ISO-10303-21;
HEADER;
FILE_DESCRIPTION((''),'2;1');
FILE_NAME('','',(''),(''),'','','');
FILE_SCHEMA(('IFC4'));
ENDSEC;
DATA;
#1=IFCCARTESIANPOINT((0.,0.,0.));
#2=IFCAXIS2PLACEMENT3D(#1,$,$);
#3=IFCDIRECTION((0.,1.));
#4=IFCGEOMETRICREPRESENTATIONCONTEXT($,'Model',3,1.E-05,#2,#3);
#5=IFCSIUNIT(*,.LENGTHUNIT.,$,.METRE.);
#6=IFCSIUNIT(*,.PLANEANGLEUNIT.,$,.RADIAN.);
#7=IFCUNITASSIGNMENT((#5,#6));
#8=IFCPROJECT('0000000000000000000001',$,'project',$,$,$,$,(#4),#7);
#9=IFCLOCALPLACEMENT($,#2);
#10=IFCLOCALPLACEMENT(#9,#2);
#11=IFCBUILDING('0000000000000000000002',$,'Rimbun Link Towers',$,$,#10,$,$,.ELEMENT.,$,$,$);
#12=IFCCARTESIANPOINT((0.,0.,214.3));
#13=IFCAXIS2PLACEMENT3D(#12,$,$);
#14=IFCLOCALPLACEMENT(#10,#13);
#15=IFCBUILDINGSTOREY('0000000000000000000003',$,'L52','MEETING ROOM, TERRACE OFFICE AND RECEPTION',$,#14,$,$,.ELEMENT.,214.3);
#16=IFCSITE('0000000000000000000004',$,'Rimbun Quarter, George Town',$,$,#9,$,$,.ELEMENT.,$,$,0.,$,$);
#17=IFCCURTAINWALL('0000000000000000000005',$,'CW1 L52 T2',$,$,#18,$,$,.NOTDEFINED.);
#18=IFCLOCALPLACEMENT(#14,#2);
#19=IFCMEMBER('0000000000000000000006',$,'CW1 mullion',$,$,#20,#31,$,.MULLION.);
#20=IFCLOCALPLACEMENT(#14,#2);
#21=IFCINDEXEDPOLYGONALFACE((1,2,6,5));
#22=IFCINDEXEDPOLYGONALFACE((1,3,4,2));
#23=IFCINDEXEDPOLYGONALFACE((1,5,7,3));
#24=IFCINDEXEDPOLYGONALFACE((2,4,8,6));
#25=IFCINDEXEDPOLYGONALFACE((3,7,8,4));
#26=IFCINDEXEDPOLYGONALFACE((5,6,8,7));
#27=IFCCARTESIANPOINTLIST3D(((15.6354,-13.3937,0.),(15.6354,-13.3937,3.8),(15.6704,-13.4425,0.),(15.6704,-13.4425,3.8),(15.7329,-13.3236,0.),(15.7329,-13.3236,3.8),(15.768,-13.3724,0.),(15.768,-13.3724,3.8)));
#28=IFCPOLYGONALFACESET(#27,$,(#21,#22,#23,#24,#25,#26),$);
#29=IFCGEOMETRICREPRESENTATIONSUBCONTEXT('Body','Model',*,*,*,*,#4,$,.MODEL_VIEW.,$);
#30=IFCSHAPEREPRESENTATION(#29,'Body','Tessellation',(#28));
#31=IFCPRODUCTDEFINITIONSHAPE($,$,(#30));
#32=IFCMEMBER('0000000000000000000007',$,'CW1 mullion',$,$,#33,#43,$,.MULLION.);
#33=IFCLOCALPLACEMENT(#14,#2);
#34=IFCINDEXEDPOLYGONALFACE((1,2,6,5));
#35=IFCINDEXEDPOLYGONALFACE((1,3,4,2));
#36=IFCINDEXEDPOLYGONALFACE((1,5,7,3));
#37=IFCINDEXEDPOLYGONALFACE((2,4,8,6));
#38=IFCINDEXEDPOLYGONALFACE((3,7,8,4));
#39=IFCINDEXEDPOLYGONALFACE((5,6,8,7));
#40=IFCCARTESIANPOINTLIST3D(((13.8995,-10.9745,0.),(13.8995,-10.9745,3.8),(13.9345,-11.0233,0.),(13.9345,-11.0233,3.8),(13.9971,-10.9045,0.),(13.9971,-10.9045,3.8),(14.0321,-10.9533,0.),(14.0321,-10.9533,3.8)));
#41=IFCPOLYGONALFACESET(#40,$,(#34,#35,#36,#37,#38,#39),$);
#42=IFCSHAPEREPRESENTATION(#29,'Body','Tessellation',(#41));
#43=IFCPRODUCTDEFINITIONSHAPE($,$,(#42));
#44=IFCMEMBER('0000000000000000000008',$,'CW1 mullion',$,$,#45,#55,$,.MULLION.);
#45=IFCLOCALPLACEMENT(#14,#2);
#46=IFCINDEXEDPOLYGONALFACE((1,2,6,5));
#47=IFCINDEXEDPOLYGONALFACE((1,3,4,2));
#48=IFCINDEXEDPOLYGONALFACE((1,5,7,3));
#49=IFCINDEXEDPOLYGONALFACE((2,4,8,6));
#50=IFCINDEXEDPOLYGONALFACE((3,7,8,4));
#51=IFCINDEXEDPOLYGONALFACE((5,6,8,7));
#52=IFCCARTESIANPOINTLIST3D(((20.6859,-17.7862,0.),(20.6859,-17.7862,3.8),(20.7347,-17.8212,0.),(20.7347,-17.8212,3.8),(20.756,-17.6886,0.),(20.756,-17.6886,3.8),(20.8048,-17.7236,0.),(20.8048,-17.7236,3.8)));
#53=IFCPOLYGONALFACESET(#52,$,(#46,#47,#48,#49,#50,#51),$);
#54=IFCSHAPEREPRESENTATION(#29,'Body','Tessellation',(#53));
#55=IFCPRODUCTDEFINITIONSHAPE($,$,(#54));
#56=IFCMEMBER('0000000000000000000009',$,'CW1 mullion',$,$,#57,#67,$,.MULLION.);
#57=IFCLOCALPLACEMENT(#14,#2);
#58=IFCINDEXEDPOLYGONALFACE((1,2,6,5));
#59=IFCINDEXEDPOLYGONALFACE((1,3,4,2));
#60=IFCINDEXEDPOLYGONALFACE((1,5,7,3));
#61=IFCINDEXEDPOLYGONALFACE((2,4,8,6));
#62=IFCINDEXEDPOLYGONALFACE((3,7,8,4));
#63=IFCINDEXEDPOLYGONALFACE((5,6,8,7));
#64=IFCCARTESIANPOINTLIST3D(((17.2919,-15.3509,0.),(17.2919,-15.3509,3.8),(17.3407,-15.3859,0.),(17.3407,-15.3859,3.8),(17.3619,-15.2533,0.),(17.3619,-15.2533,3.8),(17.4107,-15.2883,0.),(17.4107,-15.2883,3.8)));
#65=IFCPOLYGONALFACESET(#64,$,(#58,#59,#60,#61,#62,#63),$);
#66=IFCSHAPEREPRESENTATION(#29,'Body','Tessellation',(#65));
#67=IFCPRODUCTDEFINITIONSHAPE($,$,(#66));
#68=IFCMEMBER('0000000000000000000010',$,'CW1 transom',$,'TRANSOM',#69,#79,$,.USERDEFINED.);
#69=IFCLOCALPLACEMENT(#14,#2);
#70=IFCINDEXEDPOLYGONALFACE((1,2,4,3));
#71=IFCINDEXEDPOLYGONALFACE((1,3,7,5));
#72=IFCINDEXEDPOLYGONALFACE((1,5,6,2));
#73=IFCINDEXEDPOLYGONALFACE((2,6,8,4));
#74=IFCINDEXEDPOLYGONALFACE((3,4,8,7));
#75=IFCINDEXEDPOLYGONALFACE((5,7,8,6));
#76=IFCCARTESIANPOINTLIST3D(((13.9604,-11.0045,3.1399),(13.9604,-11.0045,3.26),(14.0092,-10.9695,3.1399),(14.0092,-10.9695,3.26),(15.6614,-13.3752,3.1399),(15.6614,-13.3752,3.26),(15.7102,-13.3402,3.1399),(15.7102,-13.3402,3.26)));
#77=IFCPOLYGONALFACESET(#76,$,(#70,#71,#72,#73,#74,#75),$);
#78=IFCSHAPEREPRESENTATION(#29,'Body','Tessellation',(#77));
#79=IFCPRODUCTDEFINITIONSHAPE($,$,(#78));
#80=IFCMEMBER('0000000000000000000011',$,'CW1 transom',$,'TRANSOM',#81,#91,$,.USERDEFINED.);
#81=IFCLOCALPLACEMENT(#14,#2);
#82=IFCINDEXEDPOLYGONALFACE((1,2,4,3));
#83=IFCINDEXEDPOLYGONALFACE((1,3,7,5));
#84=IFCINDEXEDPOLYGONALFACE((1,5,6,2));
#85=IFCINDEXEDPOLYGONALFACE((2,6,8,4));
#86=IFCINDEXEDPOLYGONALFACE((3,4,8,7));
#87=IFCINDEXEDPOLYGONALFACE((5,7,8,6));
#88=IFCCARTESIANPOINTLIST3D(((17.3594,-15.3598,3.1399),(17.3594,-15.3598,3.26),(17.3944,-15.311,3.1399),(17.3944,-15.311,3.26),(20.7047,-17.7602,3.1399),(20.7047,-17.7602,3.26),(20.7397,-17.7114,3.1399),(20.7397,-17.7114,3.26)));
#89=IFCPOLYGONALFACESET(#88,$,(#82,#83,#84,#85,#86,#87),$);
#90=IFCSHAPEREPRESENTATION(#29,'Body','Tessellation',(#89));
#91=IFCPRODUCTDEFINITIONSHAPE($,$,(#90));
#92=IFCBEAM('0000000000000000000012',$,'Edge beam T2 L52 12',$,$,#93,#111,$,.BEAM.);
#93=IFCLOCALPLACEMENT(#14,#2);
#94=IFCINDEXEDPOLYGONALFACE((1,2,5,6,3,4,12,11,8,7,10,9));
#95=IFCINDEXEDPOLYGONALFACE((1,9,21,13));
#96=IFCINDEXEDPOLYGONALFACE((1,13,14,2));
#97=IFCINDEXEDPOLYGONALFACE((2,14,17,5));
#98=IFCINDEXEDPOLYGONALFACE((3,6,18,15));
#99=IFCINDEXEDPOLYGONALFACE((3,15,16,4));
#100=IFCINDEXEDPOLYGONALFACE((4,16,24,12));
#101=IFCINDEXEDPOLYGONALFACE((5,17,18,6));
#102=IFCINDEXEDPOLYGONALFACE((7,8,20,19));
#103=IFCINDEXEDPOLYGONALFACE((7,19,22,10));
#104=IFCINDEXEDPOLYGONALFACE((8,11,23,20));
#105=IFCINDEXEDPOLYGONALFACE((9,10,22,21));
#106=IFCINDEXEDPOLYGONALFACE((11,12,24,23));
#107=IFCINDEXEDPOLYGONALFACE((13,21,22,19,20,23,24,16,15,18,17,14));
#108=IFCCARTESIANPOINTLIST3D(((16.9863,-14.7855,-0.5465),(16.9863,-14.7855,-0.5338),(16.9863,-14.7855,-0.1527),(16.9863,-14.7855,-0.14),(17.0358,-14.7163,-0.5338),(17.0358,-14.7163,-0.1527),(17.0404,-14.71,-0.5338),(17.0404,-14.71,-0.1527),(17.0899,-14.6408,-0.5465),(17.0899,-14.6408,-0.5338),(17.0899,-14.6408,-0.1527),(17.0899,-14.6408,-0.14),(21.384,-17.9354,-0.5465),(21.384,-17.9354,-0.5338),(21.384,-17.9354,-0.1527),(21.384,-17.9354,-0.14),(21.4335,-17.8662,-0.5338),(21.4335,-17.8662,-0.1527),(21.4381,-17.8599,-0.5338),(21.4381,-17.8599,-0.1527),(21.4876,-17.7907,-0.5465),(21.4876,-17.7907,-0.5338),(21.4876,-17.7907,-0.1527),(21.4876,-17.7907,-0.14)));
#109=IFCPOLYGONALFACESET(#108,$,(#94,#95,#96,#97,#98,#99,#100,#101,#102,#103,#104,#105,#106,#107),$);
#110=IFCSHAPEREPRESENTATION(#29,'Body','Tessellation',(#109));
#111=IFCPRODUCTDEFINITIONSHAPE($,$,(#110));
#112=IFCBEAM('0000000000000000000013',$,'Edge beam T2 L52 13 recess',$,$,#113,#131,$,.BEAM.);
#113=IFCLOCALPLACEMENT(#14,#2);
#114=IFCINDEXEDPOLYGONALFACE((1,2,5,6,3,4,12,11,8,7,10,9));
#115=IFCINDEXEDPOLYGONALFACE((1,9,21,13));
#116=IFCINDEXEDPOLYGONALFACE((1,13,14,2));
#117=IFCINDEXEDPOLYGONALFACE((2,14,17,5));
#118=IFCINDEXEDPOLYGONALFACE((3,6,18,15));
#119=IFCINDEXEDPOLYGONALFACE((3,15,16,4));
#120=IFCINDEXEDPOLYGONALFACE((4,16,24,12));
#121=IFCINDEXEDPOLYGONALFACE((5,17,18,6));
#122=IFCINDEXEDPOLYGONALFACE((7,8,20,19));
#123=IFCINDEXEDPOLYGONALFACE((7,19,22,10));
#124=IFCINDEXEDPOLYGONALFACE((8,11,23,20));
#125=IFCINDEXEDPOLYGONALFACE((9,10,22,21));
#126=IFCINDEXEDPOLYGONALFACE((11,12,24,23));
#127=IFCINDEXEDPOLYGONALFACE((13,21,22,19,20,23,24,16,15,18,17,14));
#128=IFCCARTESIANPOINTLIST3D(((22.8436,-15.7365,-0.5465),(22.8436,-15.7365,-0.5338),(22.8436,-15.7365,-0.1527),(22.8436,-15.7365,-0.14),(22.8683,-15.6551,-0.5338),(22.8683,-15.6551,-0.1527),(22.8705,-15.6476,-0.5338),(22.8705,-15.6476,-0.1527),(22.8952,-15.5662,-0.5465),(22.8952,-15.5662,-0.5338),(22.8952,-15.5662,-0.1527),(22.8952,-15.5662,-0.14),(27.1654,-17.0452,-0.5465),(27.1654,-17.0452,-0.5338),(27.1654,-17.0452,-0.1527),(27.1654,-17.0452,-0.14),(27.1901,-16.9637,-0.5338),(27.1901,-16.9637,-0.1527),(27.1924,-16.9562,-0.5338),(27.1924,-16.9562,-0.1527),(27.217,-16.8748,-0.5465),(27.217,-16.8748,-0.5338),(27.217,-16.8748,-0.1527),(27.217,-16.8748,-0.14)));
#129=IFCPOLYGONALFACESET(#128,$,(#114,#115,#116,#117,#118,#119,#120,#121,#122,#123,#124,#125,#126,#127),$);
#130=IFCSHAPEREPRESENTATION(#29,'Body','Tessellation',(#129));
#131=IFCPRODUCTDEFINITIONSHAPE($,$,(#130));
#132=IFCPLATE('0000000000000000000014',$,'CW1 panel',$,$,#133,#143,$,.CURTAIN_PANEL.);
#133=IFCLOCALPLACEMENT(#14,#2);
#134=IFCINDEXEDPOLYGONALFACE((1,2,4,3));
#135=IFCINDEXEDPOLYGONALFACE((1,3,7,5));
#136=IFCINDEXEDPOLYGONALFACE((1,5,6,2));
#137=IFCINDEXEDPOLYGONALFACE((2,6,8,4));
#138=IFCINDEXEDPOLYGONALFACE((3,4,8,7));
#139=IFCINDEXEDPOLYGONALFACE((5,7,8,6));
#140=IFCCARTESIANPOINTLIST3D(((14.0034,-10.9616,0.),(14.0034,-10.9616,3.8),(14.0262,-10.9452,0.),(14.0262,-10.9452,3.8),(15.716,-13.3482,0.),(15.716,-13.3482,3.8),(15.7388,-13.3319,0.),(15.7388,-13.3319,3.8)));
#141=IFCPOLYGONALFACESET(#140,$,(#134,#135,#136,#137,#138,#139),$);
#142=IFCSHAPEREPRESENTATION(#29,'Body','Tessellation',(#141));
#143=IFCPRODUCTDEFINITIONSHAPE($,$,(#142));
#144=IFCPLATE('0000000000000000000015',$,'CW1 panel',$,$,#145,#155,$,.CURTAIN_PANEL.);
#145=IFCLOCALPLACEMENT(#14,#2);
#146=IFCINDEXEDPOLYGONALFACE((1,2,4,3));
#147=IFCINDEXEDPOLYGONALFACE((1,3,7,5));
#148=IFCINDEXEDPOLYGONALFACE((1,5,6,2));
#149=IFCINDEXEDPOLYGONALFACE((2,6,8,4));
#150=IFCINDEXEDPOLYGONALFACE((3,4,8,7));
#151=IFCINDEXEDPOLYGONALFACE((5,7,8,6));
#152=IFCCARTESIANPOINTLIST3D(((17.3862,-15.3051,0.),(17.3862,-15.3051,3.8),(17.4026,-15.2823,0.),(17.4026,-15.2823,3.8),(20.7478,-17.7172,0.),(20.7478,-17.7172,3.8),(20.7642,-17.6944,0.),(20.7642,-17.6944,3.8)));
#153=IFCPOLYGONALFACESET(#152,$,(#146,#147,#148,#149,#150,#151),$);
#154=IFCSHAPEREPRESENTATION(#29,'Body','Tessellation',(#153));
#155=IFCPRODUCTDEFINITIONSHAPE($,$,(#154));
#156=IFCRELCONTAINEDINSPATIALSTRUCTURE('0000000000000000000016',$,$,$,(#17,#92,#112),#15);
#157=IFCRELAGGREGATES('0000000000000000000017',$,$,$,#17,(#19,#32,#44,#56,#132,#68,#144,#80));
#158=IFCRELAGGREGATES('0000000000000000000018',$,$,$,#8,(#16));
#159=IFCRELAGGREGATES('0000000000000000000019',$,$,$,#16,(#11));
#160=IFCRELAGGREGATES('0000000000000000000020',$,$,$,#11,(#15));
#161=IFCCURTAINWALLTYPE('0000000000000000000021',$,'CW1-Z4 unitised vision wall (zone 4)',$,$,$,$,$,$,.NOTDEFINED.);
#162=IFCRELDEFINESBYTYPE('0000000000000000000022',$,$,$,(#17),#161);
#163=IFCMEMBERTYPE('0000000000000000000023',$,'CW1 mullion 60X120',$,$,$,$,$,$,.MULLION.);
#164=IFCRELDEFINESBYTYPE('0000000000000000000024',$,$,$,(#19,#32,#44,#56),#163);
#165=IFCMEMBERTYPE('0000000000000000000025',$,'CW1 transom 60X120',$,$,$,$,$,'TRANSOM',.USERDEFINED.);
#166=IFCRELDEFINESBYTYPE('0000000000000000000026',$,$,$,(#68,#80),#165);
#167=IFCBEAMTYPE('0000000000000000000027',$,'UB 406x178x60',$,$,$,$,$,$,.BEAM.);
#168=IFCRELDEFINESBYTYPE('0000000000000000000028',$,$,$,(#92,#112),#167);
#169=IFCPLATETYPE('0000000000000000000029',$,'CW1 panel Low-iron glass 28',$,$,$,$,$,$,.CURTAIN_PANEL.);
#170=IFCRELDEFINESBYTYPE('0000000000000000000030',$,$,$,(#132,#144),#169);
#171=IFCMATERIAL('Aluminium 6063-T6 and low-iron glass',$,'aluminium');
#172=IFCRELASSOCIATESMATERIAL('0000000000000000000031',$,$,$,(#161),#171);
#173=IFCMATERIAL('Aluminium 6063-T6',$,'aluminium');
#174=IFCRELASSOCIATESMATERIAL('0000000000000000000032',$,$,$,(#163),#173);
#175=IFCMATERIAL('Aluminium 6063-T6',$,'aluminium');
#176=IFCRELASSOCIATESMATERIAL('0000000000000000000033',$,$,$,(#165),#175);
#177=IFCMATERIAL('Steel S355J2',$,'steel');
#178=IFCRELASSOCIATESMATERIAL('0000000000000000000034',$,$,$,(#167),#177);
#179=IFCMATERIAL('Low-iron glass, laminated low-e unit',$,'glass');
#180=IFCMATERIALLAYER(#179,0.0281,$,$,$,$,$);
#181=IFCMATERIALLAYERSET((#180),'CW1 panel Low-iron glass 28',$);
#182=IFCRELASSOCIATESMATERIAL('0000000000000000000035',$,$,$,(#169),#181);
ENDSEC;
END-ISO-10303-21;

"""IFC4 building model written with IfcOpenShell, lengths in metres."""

from ifc_helpers import new_model, si_unit, direction, frame, origin, origin_2d, place, context, subcontext, project, spatial, rectangle, i_section, extrude, material, layer, layer_set, material_profile, profile_set, type_object, element, aggregate, save


model = new_model("IFC4")

# Units and contexts
model_context = context("Model", 3, precision=1e-05, world=origin(), true_north=direction((0.0, 1.0)))
body_context = subcontext(model_context, "Body", "Model", "MODEL_VIEW")
ifc_project = project(units=[si_unit("LENGTHUNIT", "METRE"), si_unit("PLANEANGLEUNIT", "RADIAN")], contexts=[model_context])

# Site, building, storey
site_placement = place(None, origin())
site = spatial("IfcSite", under=ifc_project, at=site_placement, Name="Rimbun Quarter, George Town", CompositionType="ELEMENT", RefElevation=0.0)
building_placement = place(site_placement, origin())
building = spatial("IfcBuilding", under=site, at=building_placement, Name="Rimbun Link Towers", CompositionType="ELEMENT")
storey_placement = place(building_placement, frame((0.0, 0.0, 214.3)))
storey = spatial("IfcBuildingStorey", under=building, at=storey_placement, Name="L52", Description="MEETING ROOM, TERRACE OFFICE AND RECEPTION", CompositionType="ELEMENT", Elevation=214.3)

# Curtain wall, members
ifc_material_1 = material(Name="Aluminium 6063-T6 and low-iron glass", Category="aluminium")
curtain_wall_type = type_object("IfcCurtainWallType", Name="CW1-Z4 unitised vision wall (zone 4)", PredefinedType="NOTDEFINED", material=ifc_material_1)
curtain_wall_placement = place(storey_placement, origin())
curtain_wall = element("IfcCurtainWall", 1, at=curtain_wall_placement, inside=storey, type_object=curtain_wall_type, Name="CW1 L52 T2", PredefinedType="NOTDEFINED")
ifc_material_2 = material(Name="Aluminium 6063-T6", Category="aluminium")
ifc_material_profile_1 = material_profile(ifc_material_2, rectangle(XDim=0.1201, YDim=0.0601, at=origin_2d()), Name="MULLION 60X120")
ifc_profile_set_1 = profile_set([ifc_material_profile_1], Name="Aluminium 6063-T6")
member_type_1 = type_object("IfcMemberType", Name="CW1 mullion 60X120", PredefinedType="MULLION", material=ifc_profile_set_1)
member_1_placement = place(storey_placement, frame((15.7017, -13.3831, 0.0), z_axis=(0.0, 0.0, 1.0), x_axis=(-0.81247, -0.583004, 0.0)))
member_1 = element("IfcMember", 2, at=member_1_placement, type_object=member_type_1, Name="CW1 mullion", PredefinedType="MULLION", context=body_context, shape_type="SweptSolid", body=[
    extrude(rectangle(XDim=0.1201, YDim=0.0601, at=origin_2d()), origin(), (0.0, 0.0, 1.0), 3.8),
])
member_2_placement = place(storey_placement, frame((13.9658, -10.9639, 0.0), z_axis=(0.0, 0.0, 1.0), x_axis=(-0.81247, -0.583004, 0.0)))
member_2 = element("IfcMember", 3, at=member_2_placement, type_object=member_type_1, Name="CW1 mullion", PredefinedType="MULLION", context=body_context, shape_type="SweptSolid", body=[
    extrude(rectangle(XDim=0.1201, YDim=0.0601, at=origin_2d()), origin(), (0.0, 0.0, 1.0), 3.8),
])
member_3_placement = place(storey_placement, frame((20.7454, -17.7549, 0.0), z_axis=(0.0, 0.0, 1.0), x_axis=(-0.583004, -0.81247, 0.0)))
member_3 = element("IfcMember", 4, at=member_3_placement, type_object=member_type_1, Name="CW1 mullion", PredefinedType="MULLION", context=body_context, shape_type="SweptSolid", body=[
    extrude(rectangle(XDim=0.1201, YDim=0.0601, at=origin_2d()), origin(), (0.0, 0.0, 1.0), 3.8),
])
member_4_placement = place(storey_placement, frame((17.3513, -15.3196, 0.0), z_axis=(0.0, 0.0, 1.0), x_axis=(-0.583004, -0.81247, 0.0)))
member_4 = element("IfcMember", 5, at=member_4_placement, type_object=member_type_1, Name="CW1 mullion", PredefinedType="MULLION", context=body_context, shape_type="SweptSolid", body=[
    extrude(rectangle(XDim=0.1201, YDim=0.0601, at=origin_2d()), origin(), (0.0, 0.0, 1.0), 3.8),
])
ifc_material_3 = material(Name="Aluminium 6063-T6", Category="aluminium")
ifc_material_profile_2 = material_profile(ifc_material_3, rectangle(XDim=0.0601, YDim=0.1201, at=origin_2d()), Name="TRANSOM 60X120")
ifc_profile_set_2 = profile_set([ifc_material_profile_2], Name="Aluminium 6063-T6")
member_type_2 = type_object("IfcMemberType", Name="CW1 transom 60X120", ElementType="TRANSOM", PredefinedType="USERDEFINED", material=ifc_profile_set_2)
member_5_placement = place(storey_placement, frame((15.6858, -13.3577, 3.2), z_axis=(-0.58297, 0.812493, 0.0), x_axis=(-0.812493, -0.58297, 0.0)))
member_5 = element("IfcMember", 6, at=member_5_placement, type_object=member_type_2, Name="CW1 transom", ObjectType="TRANSOM", PredefinedType="USERDEFINED", context=body_context, shape_type="SweptSolid", body=[
    extrude(rectangle(XDim=0.0601, YDim=0.1201, at=origin_2d()), origin(), (0.0, 0.0, 1.0), 2.9177),
])
member_6_placement = place(storey_placement, frame((20.7222, -17.7358, 3.2), z_axis=(-0.812474, 0.582998, 0.0), x_axis=(-0.582998, -0.812474, 0.0)))
member_6 = element("IfcMember", 7, at=member_6_placement, type_object=member_type_2, Name="CW1 transom", ObjectType="TRANSOM", PredefinedType="USERDEFINED", context=body_context, shape_type="SweptSolid", body=[
    extrude(rectangle(XDim=0.0601, YDim=0.1201, at=origin_2d()), origin(), (0.0, 0.0, 1.0), 4.1174),
])

# Beams
ifc_material_4 = material(Name="Steel S355J2", Category="steel")
ifc_material_profile_3 = material_profile(ifc_material_4, i_section(OverallWidth=0.178, OverallDepth=0.4065, WebThickness=0.0078, FlangeThickness=0.0127, at=origin_2d()), Name="UB 406x178x60")
ifc_profile_set_3 = profile_set([ifc_material_profile_3], Name="Steel S355J2")
beam_type = type_object("IfcBeamType", Name="UB 406x178x60", PredefinedType="BEAM", material=ifc_profile_set_3)
beam_1_placement = place(storey_placement, frame((17.0381, -14.7131, -0.3433), z_axis=(0.812973, -0.582301, 0.0), x_axis=(0.582301, 0.812973, 0.0)))
element("IfcBeam", 8, at=beam_1_placement, inside=storey, type_object=beam_type, Name="Edge beam T2 L52 12", PredefinedType="BEAM", context=body_context, shape_type="SweptSolid", body=[
    extrude(i_section(OverallWidth=0.178, OverallDepth=0.4065, WebThickness=0.0078, FlangeThickness=0.0127, at=origin_2d()), origin(), (0.0, 0.0, 1.0), 5.4094),
])
beam_2_placement = place(storey_placement, frame((22.8694, -15.6514, -0.3433), z_axis=(0.957088, -0.289797, 0.0), x_axis=(0.289797, 0.957088, 0.0)))
element("IfcBeam", 9, at=beam_2_placement, inside=storey, type_object=beam_type, Name="Edge beam T2 L52 13 recess", PredefinedType="BEAM", context=body_context, shape_type="SweptSolid", body=[
    extrude(i_section(OverallWidth=0.178, OverallDepth=0.4065, WebThickness=0.0078, FlangeThickness=0.0127, at=origin_2d()), origin(), (0.0, 0.0, 1.0), 4.5156),
])

# Plates
ifc_material_5 = material(Name="Low-iron glass, laminated low-e unit", Category="glass")
ifc_layer_1 = layer(ifc_material_5, 0.0281)
ifc_layer_set_1 = layer_set([ifc_layer_1], Name="CW1 panel Low-iron glass 28")
plate_type = type_object("IfcPlateType", Name="CW1 panel Low-iron glass 28", PredefinedType="CURTAIN_PANEL", material=ifc_layer_set_1)
plate_1_placement = place(storey_placement, frame((14.8711, -12.1467, 0.0), z_axis=(0.0, 0.0, 1.0), x_axis=(-0.583004, 0.81247, 0.0)))
plate_1 = element("IfcPlate", 10, at=plate_1_placement, type_object=plate_type, Name="CW1 panel", PredefinedType="CURTAIN_PANEL", context=body_context, shape_type="SweptSolid", body=[
    extrude(rectangle(XDim=2.9375, YDim=0.0281, at=origin_2d()), origin(), (0.0, 0.0, 1.0), 3.8),
])
plate_2_placement = place(storey_placement, frame((19.0752, -16.4998, 0.0), z_axis=(0.0, 0.0, 1.0), x_axis=(-0.81247, 0.583004, 0.0)))
plate_2 = element("IfcPlate", 11, at=plate_2_placement, type_object=plate_type, Name="CW1 panel", PredefinedType="CURTAIN_PANEL", context=body_context, shape_type="SweptSolid", body=[
    extrude(rectangle(XDim=4.1375, YDim=0.0281, at=origin_2d()), origin(), (0.0, 0.0, 1.0), 3.8),
])
aggregate(curtain_wall, [member_1, member_2, member_3, member_4, plate_1, member_5, plate_2, member_6])

save(model, "model.ifc")
